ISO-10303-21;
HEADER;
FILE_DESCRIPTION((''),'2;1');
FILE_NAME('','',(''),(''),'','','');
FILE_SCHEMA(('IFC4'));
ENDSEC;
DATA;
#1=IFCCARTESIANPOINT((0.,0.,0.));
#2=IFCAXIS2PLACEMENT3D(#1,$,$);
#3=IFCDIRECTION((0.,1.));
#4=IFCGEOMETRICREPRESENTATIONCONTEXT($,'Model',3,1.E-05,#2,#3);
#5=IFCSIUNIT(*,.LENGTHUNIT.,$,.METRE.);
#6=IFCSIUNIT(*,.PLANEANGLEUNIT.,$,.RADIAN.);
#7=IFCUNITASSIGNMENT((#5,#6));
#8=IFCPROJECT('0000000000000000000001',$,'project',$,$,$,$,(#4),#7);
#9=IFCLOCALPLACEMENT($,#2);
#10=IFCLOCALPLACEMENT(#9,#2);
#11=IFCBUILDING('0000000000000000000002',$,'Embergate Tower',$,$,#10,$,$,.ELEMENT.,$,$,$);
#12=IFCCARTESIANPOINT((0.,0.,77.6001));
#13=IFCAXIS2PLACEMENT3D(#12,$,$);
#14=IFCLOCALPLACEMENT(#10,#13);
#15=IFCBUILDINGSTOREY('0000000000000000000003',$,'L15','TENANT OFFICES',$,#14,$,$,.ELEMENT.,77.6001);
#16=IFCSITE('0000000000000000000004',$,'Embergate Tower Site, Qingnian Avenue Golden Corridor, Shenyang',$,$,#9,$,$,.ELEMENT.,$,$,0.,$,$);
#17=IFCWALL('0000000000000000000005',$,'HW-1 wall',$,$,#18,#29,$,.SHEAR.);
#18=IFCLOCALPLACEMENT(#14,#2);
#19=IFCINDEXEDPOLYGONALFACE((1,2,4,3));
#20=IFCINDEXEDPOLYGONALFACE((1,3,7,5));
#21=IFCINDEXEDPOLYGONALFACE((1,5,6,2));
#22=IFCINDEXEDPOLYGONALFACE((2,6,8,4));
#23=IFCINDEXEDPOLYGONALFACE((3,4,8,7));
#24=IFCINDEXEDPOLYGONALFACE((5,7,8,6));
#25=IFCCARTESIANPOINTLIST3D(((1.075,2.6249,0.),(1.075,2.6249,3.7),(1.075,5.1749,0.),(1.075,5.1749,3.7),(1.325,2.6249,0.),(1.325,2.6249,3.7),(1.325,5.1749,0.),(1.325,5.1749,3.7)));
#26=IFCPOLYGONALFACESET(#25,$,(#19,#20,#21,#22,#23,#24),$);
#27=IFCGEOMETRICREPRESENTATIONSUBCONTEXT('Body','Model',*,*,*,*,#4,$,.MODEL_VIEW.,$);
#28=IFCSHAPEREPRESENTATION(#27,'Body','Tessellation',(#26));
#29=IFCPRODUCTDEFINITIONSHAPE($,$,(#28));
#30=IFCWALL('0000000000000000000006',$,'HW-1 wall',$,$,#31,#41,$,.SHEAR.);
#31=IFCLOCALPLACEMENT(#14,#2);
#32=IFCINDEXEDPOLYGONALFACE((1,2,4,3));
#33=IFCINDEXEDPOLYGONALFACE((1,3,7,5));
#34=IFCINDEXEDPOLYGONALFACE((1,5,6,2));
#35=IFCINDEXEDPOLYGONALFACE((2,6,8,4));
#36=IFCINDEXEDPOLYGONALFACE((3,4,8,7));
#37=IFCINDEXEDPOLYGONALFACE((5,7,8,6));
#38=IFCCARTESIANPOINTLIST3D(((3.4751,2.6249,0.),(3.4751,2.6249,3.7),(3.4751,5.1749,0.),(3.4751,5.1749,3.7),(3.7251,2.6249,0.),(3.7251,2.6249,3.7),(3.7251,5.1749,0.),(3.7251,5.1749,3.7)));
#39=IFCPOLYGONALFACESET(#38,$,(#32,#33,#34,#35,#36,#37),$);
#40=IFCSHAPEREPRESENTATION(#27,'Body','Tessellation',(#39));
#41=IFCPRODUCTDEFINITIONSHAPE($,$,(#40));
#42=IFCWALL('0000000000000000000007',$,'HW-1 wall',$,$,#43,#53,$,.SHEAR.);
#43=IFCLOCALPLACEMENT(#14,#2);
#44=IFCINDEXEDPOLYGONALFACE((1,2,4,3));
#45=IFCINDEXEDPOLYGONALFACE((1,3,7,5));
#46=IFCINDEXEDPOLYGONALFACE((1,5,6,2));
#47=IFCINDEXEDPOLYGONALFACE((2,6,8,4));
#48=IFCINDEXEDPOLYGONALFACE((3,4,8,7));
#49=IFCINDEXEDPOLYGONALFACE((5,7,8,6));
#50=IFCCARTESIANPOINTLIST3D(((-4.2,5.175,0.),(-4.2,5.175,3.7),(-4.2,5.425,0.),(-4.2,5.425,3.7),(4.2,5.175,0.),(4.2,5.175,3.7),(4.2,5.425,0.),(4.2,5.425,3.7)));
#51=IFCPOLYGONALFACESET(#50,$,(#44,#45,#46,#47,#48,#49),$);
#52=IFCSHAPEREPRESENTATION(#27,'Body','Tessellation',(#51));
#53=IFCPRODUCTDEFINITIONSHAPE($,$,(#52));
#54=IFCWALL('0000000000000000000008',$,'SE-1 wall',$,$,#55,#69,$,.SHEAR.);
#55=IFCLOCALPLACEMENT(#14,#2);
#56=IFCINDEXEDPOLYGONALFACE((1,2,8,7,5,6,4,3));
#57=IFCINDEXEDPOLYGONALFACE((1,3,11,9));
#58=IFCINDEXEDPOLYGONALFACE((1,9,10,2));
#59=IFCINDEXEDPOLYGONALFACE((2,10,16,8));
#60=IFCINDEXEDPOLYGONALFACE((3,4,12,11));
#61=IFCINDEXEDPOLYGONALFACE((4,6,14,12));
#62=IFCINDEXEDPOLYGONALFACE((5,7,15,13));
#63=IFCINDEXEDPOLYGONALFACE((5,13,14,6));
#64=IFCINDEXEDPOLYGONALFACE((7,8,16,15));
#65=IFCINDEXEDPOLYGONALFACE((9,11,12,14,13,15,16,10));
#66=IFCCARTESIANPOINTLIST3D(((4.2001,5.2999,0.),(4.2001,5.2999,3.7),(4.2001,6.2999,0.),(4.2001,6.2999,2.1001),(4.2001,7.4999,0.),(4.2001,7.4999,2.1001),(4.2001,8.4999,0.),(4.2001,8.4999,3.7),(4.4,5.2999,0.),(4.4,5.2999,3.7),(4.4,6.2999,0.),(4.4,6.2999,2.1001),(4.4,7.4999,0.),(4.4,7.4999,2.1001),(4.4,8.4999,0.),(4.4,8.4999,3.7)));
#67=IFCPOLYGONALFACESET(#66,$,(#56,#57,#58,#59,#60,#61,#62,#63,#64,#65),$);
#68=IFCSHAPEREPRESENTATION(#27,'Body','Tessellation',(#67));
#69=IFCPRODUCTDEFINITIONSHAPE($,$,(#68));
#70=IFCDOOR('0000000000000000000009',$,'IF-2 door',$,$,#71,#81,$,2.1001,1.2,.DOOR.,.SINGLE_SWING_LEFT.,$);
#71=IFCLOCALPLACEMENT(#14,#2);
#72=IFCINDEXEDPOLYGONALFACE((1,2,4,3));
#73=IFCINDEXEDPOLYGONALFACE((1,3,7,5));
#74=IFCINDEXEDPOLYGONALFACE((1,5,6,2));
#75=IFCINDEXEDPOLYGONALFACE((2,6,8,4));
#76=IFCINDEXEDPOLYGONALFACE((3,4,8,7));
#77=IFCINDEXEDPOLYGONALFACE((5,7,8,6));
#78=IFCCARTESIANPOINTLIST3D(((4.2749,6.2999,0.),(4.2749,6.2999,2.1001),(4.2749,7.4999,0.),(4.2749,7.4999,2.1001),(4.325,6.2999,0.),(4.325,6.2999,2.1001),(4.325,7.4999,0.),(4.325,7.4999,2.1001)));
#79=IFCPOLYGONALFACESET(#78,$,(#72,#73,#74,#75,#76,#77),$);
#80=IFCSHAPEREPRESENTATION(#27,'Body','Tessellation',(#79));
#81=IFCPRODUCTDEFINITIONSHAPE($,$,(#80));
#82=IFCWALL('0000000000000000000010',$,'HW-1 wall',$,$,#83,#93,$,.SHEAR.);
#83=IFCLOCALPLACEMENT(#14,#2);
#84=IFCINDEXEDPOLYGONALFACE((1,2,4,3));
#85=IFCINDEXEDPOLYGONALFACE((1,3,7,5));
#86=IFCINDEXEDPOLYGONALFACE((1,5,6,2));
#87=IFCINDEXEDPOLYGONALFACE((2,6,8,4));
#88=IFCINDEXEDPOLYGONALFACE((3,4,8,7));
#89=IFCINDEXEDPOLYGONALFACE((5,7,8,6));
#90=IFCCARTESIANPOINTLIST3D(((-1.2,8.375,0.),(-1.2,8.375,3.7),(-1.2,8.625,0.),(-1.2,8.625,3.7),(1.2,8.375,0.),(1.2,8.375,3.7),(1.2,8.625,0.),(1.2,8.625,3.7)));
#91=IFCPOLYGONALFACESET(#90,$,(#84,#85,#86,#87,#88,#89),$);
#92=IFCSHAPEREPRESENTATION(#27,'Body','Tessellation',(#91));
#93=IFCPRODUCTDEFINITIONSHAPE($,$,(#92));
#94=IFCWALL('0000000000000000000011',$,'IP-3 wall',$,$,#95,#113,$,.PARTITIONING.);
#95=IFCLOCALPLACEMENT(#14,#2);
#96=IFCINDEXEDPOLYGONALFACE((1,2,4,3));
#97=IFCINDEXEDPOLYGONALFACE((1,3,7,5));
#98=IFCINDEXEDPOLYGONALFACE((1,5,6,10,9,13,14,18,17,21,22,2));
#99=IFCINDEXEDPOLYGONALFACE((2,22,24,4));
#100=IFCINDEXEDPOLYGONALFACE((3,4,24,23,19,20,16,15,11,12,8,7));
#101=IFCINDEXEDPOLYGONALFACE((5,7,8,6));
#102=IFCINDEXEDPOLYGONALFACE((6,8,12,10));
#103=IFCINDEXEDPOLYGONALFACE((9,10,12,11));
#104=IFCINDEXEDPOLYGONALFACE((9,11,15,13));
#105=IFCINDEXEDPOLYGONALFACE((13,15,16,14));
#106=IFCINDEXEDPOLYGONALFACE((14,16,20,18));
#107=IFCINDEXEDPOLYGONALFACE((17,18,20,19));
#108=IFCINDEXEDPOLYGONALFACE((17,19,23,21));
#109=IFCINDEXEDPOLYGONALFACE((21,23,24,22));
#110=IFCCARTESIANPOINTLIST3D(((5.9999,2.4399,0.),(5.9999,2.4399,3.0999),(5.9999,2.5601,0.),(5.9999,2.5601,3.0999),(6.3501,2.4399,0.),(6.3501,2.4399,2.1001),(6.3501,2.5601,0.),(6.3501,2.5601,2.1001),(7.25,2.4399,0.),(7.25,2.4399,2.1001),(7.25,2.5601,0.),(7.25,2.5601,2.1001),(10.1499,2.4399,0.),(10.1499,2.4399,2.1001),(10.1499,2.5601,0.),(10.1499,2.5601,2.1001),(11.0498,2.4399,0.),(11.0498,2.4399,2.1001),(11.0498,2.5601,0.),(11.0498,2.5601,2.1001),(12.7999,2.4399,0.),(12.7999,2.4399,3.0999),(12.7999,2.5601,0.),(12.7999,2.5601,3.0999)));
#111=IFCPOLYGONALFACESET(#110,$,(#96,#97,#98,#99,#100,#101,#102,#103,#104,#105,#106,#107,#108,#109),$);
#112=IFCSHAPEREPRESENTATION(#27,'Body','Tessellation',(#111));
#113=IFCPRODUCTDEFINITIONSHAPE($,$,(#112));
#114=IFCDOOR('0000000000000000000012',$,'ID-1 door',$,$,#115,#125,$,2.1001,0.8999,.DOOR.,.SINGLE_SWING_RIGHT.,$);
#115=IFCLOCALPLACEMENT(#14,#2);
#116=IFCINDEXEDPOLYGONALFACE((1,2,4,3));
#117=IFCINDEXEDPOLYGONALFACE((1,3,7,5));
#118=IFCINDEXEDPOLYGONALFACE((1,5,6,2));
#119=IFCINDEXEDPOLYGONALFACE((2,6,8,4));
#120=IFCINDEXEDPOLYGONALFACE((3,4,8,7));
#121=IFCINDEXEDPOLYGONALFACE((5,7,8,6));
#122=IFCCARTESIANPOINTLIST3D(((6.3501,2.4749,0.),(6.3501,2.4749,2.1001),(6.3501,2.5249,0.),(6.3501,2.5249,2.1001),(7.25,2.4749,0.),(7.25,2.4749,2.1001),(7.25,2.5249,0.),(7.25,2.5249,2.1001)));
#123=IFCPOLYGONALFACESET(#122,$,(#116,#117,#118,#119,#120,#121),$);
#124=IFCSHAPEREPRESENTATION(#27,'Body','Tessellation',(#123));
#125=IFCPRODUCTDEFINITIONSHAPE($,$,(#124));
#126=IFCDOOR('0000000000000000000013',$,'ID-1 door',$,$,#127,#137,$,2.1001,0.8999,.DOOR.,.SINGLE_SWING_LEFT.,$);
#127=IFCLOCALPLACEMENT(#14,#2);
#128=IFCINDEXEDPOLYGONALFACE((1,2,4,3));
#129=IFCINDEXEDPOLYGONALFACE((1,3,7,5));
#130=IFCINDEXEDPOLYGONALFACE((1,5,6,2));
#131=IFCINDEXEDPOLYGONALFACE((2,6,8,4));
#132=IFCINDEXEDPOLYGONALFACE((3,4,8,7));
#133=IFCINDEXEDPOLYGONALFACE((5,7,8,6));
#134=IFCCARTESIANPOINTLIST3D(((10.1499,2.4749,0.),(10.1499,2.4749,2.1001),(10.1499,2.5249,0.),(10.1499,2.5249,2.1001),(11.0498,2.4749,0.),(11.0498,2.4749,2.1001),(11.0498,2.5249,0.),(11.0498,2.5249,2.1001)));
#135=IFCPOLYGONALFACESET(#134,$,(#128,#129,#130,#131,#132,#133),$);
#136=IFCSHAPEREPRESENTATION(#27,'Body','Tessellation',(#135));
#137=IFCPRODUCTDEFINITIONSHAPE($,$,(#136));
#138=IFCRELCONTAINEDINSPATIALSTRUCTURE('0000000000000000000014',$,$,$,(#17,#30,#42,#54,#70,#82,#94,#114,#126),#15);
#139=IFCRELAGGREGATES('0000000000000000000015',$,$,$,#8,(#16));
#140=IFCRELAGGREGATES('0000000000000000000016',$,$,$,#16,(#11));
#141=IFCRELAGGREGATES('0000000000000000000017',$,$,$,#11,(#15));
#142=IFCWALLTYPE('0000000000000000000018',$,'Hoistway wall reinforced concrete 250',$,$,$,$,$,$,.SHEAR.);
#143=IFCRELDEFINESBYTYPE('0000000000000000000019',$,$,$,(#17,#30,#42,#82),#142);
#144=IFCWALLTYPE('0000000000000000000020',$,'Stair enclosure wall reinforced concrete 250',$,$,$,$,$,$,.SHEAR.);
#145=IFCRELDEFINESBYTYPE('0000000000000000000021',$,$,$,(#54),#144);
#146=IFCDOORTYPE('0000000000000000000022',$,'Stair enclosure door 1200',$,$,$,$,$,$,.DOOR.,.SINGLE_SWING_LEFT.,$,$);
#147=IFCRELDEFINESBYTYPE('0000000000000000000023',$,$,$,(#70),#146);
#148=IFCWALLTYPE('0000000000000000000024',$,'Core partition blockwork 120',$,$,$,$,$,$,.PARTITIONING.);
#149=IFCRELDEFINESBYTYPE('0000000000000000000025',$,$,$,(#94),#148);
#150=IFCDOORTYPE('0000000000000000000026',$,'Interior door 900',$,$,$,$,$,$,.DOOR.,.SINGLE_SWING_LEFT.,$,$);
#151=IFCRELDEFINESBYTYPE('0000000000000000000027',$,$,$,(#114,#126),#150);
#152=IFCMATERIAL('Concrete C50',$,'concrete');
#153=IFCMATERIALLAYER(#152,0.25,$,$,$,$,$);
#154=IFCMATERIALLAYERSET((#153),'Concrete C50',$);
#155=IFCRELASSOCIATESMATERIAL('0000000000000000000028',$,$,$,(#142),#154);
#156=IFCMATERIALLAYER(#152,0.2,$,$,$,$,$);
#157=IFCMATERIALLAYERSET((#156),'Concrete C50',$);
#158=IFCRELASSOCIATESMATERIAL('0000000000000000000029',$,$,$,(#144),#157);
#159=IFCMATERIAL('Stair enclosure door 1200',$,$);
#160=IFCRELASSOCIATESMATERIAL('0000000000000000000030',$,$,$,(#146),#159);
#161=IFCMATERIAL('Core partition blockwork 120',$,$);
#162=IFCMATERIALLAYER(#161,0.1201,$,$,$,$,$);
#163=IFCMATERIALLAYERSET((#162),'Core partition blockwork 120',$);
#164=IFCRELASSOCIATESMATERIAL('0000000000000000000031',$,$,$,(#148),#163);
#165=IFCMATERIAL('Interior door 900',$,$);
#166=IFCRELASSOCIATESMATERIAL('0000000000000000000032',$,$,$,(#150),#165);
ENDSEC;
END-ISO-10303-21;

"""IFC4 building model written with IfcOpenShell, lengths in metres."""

from ifc_helpers import new_model, si_unit, direction, frame, frame_2d, origin, place, context, subcontext, project, spatial, rectangle, extrude, source, transform, mapped, material, layer, layer_set, type_object, element, fill, save


model = new_model("IFC4")

# Units and contexts
model_context = context("Model", 3, precision=1e-05, world=origin(), true_north=direction((0.0, 1.0)))
body_context = subcontext(model_context, "Body", "Model", "MODEL_VIEW")
ifc_project = project(units=[si_unit("LENGTHUNIT", "METRE"), si_unit("PLANEANGLEUNIT", "RADIAN")], contexts=[model_context])

# Site, building, storey
site_placement = place(None, origin())
site = spatial("IfcSite", under=ifc_project, at=site_placement, Name="Embergate Tower Site, Qingnian Avenue Golden Corridor, Shenyang", CompositionType="ELEMENT", RefElevation=0.0)
building_placement = place(site_placement, origin())
building = spatial("IfcBuilding", under=site, at=building_placement, Name="Embergate Tower", CompositionType="ELEMENT")
storey_placement = place(building_placement, frame((0.0, 0.0, 77.6001)))
storey = spatial("IfcBuildingStorey", under=building, at=storey_placement, Name="L15", Description="TENANT OFFICES", CompositionType="ELEMENT", Elevation=77.6001)

# Walls
ifc_material_1 = material(Name="Concrete C50", Category="concrete")
ifc_layer_1 = layer(ifc_material_1, 0.25)
ifc_layer_set_1 = layer_set([ifc_layer_1], Name="Concrete C50")
wall_type_1 = type_object("IfcWallType", Name="Hoistway wall reinforced concrete 250", PredefinedType="SHEAR", material=ifc_layer_set_1)
shared_shape_1 = source(origin(), body_context, "Body", "SweptSolid", [
    extrude(rectangle(XDim=2.55, YDim=0.25, at=frame_2d((1.2749, 0.0))), origin(), (0.0, 0.0, 1.0), 3.7),
])
for number, where, z_axis, x_axis, name in (
    (1, (1.2, 2.625, 0.0), (0.0, 0.0, 1.0), (0.0, 1.0, 0.0), "HW-1 wall"),
    (2, (3.6001, 2.625, 0.0), (0.0, 0.0, 1.0), (0.0, 1.0, 0.0), "HW-1 wall"),
):
    element("IfcWall", number, at=place(storey_placement, frame(where, z_axis=z_axis, x_axis=x_axis)), inside=storey, type_object=wall_type_1, Name=name, PredefinedType="SHEAR", context=body_context, shape_type="MappedRepresentation", body=[
        mapped(shared_shape_1, transform((0.0, 0.0, 0.0))),
    ])
shared_shape_2 = source(origin(), body_context, "Body", "SweptSolid", [
    extrude(rectangle(XDim=8.3999, YDim=0.25, at=frame_2d((4.2, 0.0))), origin(), (0.0, 0.0, 1.0), 3.7),
])
wall_1_placement = place(storey_placement, frame((4.2, 5.3, 0.0), z_axis=(0.0, 0.0, 1.0), x_axis=(-1.0, 0.0, 0.0)))
element("IfcWall", 3, at=wall_1_placement, inside=storey, type_object=wall_type_1, Name="HW-1 wall", PredefinedType="SHEAR", context=body_context, shape_type="MappedRepresentation", body=[
    mapped(shared_shape_2, transform((0.0, 0.0, 0.0))),
])

# Wall, opening, door
ifc_layer_2 = layer(ifc_material_1, 0.2)
ifc_layer_set_2 = layer_set([ifc_layer_2], Name="Concrete C50")
wall_type_2 = type_object("IfcWallType", Name="Stair enclosure wall reinforced concrete 250", PredefinedType="SHEAR", material=ifc_layer_set_2)
shared_shape_3 = source(origin(), body_context, "Body", "SweptSolid", [
    extrude(rectangle(XDim=3.2, YDim=0.2, at=frame_2d((1.6001, 0.0))), origin(), (0.0, 0.0, 1.0), 3.7),
])
wall_2_placement = place(storey_placement, frame((4.3, 8.5, 0.0), z_axis=(0.0, 0.0, 1.0), x_axis=(0.0, -1.0, 0.0)))
wall_2 = element("IfcWall", 4, at=wall_2_placement, inside=storey, type_object=wall_type_2, Name="SE-1 wall", PredefinedType="SHEAR", context=body_context, shape_type="MappedRepresentation", body=[
    mapped(shared_shape_3, transform((0.0, 0.0, 0.0))),
])
shared_shape_4 = source(origin(), body_context, "Body", "SweptSolid", [
    extrude(rectangle(XDim=1.2, YDim=2.1001, at=frame_2d((0.6001, 1.05))), frame((0.0, 0.1099, 0.0), z_axis=(0.0, -1.0, 0.0), x_axis=(1.0, 0.0, 0.0)), (0.0, 0.0, 1.0), 0.22),
])
opening_1_placement = place(wall_2_placement, frame((1.0, 0.0, 0.0)))
opening_1 = element("IfcOpeningElement", 5, at=opening_1_placement, cuts=wall_2, PredefinedType="OPENING", context=body_context, shape_type="MappedRepresentation", body=[
    mapped(shared_shape_4, transform((0.0, 0.0, 0.0))),
])
ifc_material_2 = material(Name="Stair enclosure door 1200")
door_type_1 = type_object("IfcDoorType", Name="Stair enclosure door 1200", OperationType="SINGLE_SWING_LEFT", PredefinedType="DOOR", material=ifc_material_2)
shared_shape_5 = source(origin(), body_context, "Body", "SweptSolid", [
    extrude(rectangle(XDim=1.2, YDim=2.1001, at=frame_2d((0.6001, 1.05))), frame((0.0, 0.0249, 0.0), z_axis=(0.0, -1.0, 0.0), x_axis=(1.0, 0.0, 0.0)), (0.0, 0.0, 1.0), 0.05),
])
door_1_placement = place(opening_1_placement, origin())
door_1 = element("IfcDoor", 6, at=door_1_placement, inside=storey, type_object=door_type_1, Name="IF-2 door", OperationType="SINGLE_SWING_LEFT", OverallHeight=2.1001, OverallWidth=1.2, PredefinedType="DOOR", context=body_context, shape_type="MappedRepresentation", body=[
    mapped(shared_shape_5, transform((0.0, 0.0, 0.0))),
])
fill(opening_1, door_1)

# Wall
shared_shape_6 = source(origin(), body_context, "Body", "SweptSolid", [
    extrude(rectangle(XDim=2.3999, YDim=0.25, at=frame_2d((1.2, 0.0))), origin(), (0.0, 0.0, 1.0), 3.7),
])
wall_3_placement = place(storey_placement, frame((1.2, 8.5, 0.0), z_axis=(0.0, 0.0, 1.0), x_axis=(-1.0, 0.0, 0.0)))
element("IfcWall", 7, at=wall_3_placement, inside=storey, type_object=wall_type_1, Name="HW-1 wall", PredefinedType="SHEAR", context=body_context, shape_type="MappedRepresentation", body=[
    mapped(shared_shape_6, transform((0.0, 0.0, 0.0))),
])

# Wall, openings, doors
ifc_material_3 = material(Name="Core partition blockwork 120")
ifc_layer_3 = layer(ifc_material_3, 0.1201)
ifc_layer_set_3 = layer_set([ifc_layer_3], Name="Core partition blockwork 120")
wall_type_3 = type_object("IfcWallType", Name="Core partition blockwork 120", PredefinedType="PARTITIONING", material=ifc_layer_set_3)
shared_shape_7 = source(origin(), body_context, "Body", "SweptSolid", [
    extrude(rectangle(XDim=6.8, YDim=0.1201, at=frame_2d((3.3999, 0.0))), origin(), (0.0, 0.0, 1.0), 3.0999),
])
wall_4_placement = place(storey_placement, frame((6.0, 2.5, 0.0), z_axis=(0.0, 0.0, 1.0), x_axis=(1.0, 0.0, 0.0)))
wall_4 = element("IfcWall", 8, at=wall_4_placement, inside=storey, type_object=wall_type_3, Name="IP-3 wall", PredefinedType="PARTITIONING", context=body_context, shape_type="MappedRepresentation", body=[
    mapped(shared_shape_7, transform((0.0, 0.0, 0.0))),
])
shared_shape_8 = source(origin(), body_context, "Body", "SweptSolid", [
    extrude(rectangle(XDim=0.8999, YDim=2.1001, at=frame_2d((0.45, 1.05))), frame((0.0, 0.0701, 0.0), z_axis=(0.0, -1.0, 0.0), x_axis=(1.0, 0.0, 0.0)), (0.0, 0.0, 1.0), 0.1401),
])
opening_2_placement = place(wall_4_placement, frame((0.3501, 0.0, 0.0)))
opening_2 = element("IfcOpeningElement", 9, at=opening_2_placement, cuts=wall_4, PredefinedType="OPENING", context=body_context, shape_type="MappedRepresentation", body=[
    mapped(shared_shape_8, transform((0.0, 0.0, 0.0))),
])
opening_3_placement = place(wall_4_placement, frame((4.1499, 0.0, 0.0)))
opening_3 = element("IfcOpeningElement", 10, at=opening_3_placement, cuts=wall_4, PredefinedType="OPENING", context=body_context, shape_type="MappedRepresentation", body=[
    mapped(shared_shape_8, transform((0.0, 0.0, 0.0))),
])
ifc_material_4 = material(Name="Interior door 900")
door_type_2 = type_object("IfcDoorType", Name="Interior door 900", OperationType="SINGLE_SWING_LEFT", PredefinedType="DOOR", material=ifc_material_4)
shared_shape_9 = source(origin(), body_context, "Body", "SweptSolid", [
    extrude(rectangle(XDim=0.8999, YDim=2.1001, at=frame_2d((0.45, 1.05))), frame((0.0, 0.0249, 0.0), z_axis=(0.0, -1.0, 0.0), x_axis=(1.0, 0.0, 0.0)), (0.0, 0.0, 1.0), 0.05),
])
door_2_placement = place(opening_2_placement, origin())
door_2 = element("IfcDoor", 11, at=door_2_placement, inside=storey, type_object=door_type_2, Name="ID-1 door", OperationType="SINGLE_SWING_RIGHT", OverallHeight=2.1001, OverallWidth=0.8999, PredefinedType="DOOR", context=body_context, shape_type="MappedRepresentation", body=[
    mapped(shared_shape_9, transform((0.0, 0.0, 0.0))),
])
fill(opening_2, door_2)
door_3_placement = place(opening_3_placement, origin())
door_3 = element("IfcDoor", 12, at=door_3_placement, inside=storey, type_object=door_type_2, Name="ID-1 door", OperationType="SINGLE_SWING_LEFT", OverallHeight=2.1001, OverallWidth=0.8999, PredefinedType="DOOR", context=body_context, shape_type="MappedRepresentation", body=[
    mapped(shared_shape_9, transform((0.0, 0.0, 0.0))),
])
fill(opening_3, door_3)

save(model, "model.ifc")
